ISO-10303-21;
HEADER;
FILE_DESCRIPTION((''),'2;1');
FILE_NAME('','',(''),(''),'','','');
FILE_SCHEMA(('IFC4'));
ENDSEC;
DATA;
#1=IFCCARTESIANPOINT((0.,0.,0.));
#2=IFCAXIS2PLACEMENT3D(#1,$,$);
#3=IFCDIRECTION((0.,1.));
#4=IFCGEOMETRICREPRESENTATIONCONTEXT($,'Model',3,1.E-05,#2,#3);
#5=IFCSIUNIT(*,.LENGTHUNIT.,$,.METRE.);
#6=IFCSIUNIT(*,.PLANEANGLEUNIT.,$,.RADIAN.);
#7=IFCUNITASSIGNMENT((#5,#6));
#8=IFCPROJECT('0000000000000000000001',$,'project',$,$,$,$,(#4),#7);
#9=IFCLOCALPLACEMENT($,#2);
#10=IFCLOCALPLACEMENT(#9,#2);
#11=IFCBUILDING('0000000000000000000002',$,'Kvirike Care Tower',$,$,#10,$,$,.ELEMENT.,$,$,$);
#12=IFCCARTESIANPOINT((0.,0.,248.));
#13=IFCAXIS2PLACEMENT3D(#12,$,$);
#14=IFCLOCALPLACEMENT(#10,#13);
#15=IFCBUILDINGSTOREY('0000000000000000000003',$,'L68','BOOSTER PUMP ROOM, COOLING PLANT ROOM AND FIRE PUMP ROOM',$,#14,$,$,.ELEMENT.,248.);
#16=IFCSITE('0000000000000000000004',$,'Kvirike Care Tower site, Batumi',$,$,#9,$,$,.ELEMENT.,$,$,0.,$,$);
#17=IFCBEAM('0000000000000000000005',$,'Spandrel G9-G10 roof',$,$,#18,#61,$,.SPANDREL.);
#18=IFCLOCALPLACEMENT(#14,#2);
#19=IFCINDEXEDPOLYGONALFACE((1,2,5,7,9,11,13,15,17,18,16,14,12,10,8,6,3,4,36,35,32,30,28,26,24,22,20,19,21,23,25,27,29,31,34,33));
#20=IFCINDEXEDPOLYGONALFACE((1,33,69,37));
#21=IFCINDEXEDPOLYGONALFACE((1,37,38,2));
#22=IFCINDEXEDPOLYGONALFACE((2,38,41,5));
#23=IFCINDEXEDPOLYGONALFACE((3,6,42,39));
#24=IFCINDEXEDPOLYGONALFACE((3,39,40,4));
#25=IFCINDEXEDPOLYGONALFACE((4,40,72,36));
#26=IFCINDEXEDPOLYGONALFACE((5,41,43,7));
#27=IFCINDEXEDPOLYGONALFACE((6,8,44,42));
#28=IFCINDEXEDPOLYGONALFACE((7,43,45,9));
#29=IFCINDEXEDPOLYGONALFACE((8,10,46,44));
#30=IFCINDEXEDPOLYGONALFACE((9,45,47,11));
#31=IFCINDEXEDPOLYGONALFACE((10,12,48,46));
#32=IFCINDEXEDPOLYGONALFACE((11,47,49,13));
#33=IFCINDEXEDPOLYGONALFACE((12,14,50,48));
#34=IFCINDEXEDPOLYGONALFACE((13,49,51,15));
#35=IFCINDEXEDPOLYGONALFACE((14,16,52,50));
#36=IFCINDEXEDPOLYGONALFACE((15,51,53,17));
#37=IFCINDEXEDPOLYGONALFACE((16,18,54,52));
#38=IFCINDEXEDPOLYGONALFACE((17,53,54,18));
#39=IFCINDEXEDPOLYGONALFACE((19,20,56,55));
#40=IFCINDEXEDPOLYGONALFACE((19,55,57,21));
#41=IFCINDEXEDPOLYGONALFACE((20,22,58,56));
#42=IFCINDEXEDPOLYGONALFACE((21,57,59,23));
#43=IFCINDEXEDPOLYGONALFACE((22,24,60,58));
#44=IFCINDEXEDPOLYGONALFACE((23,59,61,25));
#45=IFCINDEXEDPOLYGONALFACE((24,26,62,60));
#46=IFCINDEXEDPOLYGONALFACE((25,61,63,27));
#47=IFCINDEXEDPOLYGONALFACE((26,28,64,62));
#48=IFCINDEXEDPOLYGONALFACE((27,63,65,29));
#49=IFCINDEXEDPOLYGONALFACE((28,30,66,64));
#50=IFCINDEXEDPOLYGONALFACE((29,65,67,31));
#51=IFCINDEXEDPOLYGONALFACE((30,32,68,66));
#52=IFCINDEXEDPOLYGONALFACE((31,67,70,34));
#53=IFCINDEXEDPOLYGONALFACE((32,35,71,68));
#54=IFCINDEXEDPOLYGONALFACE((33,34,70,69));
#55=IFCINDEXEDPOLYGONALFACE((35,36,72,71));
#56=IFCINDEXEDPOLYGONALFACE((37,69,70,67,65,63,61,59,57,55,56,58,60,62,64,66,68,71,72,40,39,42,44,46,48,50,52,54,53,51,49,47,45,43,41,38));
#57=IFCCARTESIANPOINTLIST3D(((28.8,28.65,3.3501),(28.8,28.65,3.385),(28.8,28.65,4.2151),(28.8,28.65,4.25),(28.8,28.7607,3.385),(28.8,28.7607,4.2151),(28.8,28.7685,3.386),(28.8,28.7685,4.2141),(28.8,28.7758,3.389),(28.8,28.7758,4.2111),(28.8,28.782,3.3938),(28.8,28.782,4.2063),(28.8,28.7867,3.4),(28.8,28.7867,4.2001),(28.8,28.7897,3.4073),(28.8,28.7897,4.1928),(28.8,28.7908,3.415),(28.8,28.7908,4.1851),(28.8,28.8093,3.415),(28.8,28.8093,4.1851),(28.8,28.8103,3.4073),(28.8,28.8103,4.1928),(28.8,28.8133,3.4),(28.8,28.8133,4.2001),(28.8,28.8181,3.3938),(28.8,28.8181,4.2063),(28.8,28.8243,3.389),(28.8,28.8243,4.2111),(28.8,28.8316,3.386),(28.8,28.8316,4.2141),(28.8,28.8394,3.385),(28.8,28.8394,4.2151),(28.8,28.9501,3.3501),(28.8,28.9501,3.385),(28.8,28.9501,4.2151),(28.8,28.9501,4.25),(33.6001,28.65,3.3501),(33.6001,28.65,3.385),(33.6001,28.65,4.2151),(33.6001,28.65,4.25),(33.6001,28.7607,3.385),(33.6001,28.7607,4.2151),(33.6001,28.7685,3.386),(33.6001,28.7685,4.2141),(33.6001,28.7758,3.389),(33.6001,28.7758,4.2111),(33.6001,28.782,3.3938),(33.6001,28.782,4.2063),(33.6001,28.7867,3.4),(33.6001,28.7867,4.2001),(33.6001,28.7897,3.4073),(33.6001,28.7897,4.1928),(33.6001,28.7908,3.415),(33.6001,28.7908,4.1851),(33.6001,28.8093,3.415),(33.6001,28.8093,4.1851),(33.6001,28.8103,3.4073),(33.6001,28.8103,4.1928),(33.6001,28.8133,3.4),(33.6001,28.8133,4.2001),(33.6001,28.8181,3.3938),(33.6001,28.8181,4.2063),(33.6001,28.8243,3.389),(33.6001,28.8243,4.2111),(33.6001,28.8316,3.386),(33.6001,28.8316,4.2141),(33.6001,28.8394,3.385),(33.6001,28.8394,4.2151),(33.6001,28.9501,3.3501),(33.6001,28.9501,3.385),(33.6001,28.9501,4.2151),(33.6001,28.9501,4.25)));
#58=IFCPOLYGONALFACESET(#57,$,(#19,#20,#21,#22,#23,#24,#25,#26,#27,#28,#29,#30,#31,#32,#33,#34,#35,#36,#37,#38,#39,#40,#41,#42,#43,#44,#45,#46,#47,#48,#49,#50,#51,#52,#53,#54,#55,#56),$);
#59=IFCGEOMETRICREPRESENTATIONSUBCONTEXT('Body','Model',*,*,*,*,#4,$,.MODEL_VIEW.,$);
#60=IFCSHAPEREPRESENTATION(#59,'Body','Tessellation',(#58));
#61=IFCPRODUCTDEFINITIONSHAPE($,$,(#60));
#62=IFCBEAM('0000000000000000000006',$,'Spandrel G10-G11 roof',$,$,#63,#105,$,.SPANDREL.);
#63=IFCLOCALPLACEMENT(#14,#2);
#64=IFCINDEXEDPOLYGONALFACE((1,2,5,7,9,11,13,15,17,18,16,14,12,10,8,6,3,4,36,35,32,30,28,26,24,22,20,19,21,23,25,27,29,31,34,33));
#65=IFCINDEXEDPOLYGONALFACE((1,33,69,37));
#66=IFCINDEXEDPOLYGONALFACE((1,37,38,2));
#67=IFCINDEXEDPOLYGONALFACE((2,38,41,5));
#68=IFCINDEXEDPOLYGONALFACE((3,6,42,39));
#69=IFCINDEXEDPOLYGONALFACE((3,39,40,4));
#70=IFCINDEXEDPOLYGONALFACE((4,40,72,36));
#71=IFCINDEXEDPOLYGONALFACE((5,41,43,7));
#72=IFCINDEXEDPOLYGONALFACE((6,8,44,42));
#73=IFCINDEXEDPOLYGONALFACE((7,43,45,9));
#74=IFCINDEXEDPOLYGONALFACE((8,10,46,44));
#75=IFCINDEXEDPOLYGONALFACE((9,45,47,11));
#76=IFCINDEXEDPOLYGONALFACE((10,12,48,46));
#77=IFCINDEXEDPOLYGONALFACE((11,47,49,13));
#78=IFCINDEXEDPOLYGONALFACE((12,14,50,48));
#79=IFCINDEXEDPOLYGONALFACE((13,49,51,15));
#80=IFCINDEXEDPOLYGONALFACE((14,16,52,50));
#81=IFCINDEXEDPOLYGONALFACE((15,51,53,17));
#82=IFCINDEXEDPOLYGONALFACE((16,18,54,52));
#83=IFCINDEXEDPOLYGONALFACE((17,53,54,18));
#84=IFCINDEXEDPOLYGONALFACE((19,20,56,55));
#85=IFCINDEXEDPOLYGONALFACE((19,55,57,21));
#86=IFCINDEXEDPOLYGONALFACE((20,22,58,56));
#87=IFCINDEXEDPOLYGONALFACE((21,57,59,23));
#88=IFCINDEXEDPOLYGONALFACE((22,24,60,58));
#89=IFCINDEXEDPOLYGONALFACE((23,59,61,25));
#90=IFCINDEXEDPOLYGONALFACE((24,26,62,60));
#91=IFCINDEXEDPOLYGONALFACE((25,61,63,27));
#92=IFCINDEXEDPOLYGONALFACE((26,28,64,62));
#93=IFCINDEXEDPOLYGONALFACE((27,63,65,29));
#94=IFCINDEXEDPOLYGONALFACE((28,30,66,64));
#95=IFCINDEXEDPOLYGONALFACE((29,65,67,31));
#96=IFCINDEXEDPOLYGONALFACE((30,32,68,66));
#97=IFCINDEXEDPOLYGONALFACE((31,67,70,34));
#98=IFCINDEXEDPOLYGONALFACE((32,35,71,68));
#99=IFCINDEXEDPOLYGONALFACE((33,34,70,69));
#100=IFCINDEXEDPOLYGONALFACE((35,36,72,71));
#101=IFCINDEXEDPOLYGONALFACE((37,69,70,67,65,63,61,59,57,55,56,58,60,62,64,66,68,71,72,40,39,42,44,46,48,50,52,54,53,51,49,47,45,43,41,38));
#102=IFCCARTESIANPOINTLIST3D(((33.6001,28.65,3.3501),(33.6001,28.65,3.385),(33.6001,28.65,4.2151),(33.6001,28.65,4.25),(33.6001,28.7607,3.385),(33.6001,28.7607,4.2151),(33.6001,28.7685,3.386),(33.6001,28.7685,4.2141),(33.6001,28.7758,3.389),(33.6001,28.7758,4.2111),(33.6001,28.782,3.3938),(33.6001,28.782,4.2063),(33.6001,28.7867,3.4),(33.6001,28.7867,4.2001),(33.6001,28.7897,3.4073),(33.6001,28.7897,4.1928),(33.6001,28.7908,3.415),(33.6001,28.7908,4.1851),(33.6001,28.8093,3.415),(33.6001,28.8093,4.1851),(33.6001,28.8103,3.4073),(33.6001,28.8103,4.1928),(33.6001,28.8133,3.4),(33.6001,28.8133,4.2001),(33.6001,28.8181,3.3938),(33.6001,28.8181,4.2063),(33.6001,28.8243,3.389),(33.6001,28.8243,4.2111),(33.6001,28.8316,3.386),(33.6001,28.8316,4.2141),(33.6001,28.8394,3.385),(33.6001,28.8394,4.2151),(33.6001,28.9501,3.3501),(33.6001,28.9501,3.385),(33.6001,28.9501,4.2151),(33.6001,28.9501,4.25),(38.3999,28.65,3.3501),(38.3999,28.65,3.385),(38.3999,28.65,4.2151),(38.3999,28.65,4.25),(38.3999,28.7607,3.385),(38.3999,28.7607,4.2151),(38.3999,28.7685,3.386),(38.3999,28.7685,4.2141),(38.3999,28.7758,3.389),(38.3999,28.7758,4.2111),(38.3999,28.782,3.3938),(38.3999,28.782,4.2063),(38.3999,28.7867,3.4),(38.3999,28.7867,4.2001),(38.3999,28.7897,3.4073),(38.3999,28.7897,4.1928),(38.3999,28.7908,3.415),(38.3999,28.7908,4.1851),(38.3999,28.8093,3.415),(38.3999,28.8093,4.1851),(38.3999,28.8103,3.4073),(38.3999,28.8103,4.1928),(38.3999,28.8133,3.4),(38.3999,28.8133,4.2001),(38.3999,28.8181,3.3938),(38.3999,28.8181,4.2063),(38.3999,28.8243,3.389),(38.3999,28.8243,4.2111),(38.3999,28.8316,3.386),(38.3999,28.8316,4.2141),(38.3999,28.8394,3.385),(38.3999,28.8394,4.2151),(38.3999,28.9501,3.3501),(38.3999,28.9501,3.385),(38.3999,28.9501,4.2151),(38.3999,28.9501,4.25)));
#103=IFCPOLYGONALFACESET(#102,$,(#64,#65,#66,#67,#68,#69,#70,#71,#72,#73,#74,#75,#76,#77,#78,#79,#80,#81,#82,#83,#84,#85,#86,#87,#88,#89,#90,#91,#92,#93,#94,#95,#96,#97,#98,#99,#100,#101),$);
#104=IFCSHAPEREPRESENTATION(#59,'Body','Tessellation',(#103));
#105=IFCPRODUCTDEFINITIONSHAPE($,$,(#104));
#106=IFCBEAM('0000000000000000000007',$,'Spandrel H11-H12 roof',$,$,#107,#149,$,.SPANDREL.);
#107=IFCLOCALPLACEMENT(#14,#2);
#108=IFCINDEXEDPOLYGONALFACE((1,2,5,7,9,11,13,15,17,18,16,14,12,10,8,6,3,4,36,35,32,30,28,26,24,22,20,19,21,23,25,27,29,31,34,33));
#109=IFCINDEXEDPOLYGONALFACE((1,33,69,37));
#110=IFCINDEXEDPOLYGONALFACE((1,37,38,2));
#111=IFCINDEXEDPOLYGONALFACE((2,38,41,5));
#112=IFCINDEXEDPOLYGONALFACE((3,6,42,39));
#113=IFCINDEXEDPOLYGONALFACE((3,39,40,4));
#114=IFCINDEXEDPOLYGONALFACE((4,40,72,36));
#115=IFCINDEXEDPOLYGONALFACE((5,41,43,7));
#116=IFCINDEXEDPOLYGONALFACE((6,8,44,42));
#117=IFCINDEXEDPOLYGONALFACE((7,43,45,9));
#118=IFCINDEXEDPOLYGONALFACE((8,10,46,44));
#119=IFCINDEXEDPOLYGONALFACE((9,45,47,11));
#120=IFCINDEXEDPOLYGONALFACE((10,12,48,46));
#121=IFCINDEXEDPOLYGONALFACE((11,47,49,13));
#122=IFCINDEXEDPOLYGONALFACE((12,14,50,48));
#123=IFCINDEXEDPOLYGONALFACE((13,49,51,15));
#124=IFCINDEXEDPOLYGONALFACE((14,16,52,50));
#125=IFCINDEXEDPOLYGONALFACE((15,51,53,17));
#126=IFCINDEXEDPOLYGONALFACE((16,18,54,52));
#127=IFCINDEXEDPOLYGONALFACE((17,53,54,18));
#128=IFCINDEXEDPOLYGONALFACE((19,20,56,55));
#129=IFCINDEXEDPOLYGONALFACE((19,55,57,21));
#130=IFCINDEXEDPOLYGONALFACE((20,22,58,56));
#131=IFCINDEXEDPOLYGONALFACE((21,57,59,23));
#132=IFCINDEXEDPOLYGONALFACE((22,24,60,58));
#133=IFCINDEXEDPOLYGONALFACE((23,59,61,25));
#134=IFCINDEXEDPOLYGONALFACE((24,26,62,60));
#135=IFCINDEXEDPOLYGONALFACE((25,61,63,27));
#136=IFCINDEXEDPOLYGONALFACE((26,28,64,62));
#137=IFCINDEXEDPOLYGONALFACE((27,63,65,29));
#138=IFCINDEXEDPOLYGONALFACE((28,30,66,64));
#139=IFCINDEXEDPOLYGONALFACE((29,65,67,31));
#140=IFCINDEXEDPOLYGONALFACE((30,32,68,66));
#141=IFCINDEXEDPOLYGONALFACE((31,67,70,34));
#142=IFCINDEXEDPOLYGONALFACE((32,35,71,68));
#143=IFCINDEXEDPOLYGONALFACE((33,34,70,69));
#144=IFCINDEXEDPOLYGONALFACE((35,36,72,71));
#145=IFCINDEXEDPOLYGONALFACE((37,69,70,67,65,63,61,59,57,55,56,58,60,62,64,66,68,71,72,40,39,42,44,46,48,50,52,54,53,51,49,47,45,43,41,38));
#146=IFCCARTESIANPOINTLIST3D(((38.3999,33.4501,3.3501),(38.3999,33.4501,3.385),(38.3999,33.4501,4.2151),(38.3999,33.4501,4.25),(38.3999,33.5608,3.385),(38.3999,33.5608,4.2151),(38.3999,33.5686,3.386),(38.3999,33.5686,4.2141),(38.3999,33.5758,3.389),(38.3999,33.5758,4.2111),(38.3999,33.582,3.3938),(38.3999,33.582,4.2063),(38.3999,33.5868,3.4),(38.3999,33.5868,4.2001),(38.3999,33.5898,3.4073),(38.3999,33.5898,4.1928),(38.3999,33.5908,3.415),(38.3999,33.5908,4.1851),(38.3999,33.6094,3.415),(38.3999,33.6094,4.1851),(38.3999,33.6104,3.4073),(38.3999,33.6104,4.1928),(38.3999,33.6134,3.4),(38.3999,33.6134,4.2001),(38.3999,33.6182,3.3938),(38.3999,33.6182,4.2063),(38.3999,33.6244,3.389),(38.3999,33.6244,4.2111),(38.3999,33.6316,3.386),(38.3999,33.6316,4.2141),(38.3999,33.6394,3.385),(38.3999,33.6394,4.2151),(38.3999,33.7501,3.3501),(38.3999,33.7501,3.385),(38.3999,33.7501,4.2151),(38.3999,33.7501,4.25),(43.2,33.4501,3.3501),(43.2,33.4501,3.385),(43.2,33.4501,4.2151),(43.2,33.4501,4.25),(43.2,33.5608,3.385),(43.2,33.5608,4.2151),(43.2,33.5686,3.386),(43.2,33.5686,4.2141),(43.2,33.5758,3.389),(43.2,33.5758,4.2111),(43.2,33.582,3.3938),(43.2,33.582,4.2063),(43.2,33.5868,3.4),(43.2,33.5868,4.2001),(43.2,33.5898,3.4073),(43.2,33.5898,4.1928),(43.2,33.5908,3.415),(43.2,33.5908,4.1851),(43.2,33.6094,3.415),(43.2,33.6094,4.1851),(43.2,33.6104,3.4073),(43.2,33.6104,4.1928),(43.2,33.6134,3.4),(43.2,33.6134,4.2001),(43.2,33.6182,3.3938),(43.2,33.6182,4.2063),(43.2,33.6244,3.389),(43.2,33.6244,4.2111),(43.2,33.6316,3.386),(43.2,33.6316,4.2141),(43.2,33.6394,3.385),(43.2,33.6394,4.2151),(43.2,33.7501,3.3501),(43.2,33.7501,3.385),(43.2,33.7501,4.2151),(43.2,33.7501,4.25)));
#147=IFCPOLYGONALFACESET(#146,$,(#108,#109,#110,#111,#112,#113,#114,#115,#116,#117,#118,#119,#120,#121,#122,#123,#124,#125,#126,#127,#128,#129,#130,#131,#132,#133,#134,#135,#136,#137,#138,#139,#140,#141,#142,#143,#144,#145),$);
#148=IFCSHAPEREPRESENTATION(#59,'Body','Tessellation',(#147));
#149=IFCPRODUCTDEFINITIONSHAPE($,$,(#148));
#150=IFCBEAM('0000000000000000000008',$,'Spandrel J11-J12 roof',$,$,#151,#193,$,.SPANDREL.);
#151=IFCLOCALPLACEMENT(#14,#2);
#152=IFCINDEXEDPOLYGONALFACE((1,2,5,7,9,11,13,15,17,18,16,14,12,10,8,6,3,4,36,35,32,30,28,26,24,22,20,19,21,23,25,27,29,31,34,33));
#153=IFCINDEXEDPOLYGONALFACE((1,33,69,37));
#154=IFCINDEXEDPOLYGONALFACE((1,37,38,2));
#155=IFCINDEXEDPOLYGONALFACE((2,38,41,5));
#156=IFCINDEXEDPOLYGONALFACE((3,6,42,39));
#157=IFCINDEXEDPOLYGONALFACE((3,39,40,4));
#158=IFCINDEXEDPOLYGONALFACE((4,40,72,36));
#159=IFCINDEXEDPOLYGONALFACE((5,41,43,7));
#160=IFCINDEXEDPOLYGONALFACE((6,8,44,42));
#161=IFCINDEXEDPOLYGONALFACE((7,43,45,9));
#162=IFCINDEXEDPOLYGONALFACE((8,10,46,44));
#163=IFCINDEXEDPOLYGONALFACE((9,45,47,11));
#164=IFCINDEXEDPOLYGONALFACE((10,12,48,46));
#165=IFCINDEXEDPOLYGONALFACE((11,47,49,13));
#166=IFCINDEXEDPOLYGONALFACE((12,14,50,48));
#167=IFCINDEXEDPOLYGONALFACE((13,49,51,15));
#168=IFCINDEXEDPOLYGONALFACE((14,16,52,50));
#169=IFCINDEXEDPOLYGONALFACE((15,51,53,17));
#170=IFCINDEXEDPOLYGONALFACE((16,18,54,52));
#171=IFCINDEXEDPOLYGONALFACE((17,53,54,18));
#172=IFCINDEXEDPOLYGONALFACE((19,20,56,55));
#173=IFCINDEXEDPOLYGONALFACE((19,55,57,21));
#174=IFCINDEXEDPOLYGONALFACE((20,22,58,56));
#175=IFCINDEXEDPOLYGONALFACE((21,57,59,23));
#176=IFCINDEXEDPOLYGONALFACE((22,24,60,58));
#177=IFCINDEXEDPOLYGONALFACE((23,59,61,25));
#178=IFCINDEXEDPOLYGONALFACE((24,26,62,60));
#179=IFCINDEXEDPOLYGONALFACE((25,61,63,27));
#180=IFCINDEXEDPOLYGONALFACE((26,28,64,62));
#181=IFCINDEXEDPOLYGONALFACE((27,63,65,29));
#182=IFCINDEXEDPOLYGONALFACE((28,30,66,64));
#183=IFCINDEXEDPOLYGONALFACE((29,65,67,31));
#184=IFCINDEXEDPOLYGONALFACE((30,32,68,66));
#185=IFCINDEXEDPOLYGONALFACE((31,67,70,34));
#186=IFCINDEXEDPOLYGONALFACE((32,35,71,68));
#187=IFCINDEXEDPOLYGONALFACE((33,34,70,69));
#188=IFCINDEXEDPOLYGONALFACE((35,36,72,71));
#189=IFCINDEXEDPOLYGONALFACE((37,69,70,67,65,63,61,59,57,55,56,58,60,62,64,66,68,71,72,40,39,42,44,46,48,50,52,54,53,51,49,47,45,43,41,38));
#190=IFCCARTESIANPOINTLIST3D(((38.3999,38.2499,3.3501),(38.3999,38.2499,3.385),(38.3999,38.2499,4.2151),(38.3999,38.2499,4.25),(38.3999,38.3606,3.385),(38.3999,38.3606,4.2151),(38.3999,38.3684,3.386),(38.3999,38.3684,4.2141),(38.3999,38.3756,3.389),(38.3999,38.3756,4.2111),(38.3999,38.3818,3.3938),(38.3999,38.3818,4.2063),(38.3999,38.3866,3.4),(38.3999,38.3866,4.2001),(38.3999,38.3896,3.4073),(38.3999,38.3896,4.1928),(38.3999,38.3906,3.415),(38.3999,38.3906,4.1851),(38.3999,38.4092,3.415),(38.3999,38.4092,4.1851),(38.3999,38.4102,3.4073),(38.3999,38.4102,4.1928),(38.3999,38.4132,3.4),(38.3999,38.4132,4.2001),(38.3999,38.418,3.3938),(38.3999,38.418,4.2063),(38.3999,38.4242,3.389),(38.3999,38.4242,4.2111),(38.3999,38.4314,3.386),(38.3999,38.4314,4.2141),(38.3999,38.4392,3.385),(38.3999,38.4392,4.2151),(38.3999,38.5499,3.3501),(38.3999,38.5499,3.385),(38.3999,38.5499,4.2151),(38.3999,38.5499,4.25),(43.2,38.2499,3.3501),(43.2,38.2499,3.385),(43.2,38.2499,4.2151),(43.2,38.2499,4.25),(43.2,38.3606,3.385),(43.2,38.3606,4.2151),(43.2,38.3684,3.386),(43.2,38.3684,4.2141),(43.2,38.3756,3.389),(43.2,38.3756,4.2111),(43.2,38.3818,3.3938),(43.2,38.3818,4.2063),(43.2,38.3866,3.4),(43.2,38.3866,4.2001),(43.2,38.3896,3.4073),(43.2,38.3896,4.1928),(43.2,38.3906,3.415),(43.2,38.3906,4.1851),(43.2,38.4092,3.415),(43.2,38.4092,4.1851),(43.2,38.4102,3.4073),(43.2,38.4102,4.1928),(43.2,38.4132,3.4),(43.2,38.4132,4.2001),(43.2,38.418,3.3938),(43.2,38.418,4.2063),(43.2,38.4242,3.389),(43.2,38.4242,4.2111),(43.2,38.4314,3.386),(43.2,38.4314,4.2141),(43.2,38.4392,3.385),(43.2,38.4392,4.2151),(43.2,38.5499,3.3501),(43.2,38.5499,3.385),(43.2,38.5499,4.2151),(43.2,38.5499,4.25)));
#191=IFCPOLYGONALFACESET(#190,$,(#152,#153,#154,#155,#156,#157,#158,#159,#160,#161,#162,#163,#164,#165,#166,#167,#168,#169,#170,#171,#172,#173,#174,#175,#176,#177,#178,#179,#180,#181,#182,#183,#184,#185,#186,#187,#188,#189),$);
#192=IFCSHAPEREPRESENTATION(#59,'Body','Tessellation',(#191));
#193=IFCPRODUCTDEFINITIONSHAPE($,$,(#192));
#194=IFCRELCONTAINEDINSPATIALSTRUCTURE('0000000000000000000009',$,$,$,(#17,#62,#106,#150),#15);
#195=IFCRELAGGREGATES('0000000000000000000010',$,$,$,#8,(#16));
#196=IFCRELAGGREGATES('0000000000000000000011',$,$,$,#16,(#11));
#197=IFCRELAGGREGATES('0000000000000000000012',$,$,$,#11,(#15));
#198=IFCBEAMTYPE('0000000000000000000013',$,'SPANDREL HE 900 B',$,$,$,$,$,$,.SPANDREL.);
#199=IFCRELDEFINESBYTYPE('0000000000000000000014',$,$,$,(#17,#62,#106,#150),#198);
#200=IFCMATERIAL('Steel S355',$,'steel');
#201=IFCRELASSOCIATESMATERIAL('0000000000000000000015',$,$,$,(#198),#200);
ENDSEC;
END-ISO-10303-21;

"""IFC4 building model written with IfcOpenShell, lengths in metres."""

from ifc_helpers import new_model, si_unit, direction, frame, origin, origin_2d, place, context, subcontext, project, spatial, i_section, extrude, material, material_profile, profile_set, type_object, element, save


model = new_model("IFC4")

# Units and contexts
model_context = context("Model", 3, precision=1e-05, world=origin(), true_north=direction((0.0, 1.0)))
body_context = subcontext(model_context, "Body", "Model", "MODEL_VIEW")
ifc_project = project(units=[si_unit("LENGTHUNIT", "METRE"), si_unit("PLANEANGLEUNIT", "RADIAN")], contexts=[model_context])

# Site, building, storey
site_placement = place(None, origin())
site = spatial("IfcSite", under=ifc_project, at=site_placement, Name="Kvirike Care Tower site, Batumi", CompositionType="ELEMENT", RefElevation=0.0)
building_placement = place(site_placement, origin())
building = spatial("IfcBuilding", under=site, at=building_placement, Name="Kvirike Care Tower", CompositionType="ELEMENT")
storey_placement = place(building_placement, frame((0.0, 0.0, 248.0)))
storey = spatial("IfcBuildingStorey", under=building, at=storey_placement, Name="L68", Description="BOOSTER PUMP ROOM, COOLING PLANT ROOM AND FIRE PUMP ROOM", CompositionType="ELEMENT", Elevation=248.0)

# Beams
ifc_material_1 = material(Name="Steel S355", Category="steel")
ifc_material_profile_1 = material_profile(ifc_material_1, i_section(OverallWidth=0.3, OverallDepth=0.8999, WebThickness=0.0186, FlangeThickness=0.0349, FilletRadius=0.03, at=origin_2d()), Name="HE 900 B")
ifc_profile_set_1 = profile_set([ifc_material_profile_1], Name="Steel S355")
beam_type_1 = type_object("IfcBeamType", Name="SPANDREL HE 900 B", PredefinedType="SPANDREL", material=ifc_profile_set_1)
beam_1_placement = place(storey_placement, frame((28.8, 28.8, 3.8), z_axis=(1.0, 0.0, 0.0), x_axis=(0.0, 1.0, 0.0)))
element("IfcBeam", 1, at=beam_1_placement, inside=storey, type_object=beam_type_1, Name="Spandrel G9-G10 roof", PredefinedType="SPANDREL", context=body_context, shape_type="SweptSolid", body=[
    extrude(i_section(OverallWidth=0.3, OverallDepth=0.8999, WebThickness=0.0186, FlangeThickness=0.0349, FilletRadius=0.03, at=origin_2d()), origin(), (0.0, 0.0, 1.0), 4.8),
])
beam_2_placement = place(storey_placement, frame((33.6001, 28.8, 3.8), z_axis=(1.0, 0.0, 0.0), x_axis=(0.0, 1.0, 0.0)))
element("IfcBeam", 2, at=beam_2_placement, inside=storey, type_object=beam_type_1, Name="Spandrel G10-G11 roof", PredefinedType="SPANDREL", context=body_context, shape_type="SweptSolid", body=[
    extrude(i_section(OverallWidth=0.3, OverallDepth=0.8999, WebThickness=0.0186, FlangeThickness=0.0349, FilletRadius=0.03, at=origin_2d()), origin(), (0.0, 0.0, 1.0), 4.7998),
])
for number, where, z_axis, x_axis, name in (
    (3, (38.3999, 33.6001, 3.8), (1.0, 0.0, 0.0), (0.0, 1.0, 0.0), "Spandrel H11-H12 roof"),
    (4, (38.3999, 38.3999, 3.8), (1.0, 0.0, 0.0), (0.0, 1.0, 0.0), "Spandrel J11-J12 roof"),
):
    element("IfcBeam", number, at=place(storey_placement, frame(where, z_axis=z_axis, x_axis=x_axis)), inside=storey, type_object=beam_type_1, Name=name, PredefinedType="SPANDREL", context=body_context, shape_type="SweptSolid", body=[
        extrude(i_section(OverallWidth=0.3, OverallDepth=0.8999, WebThickness=0.0186, FlangeThickness=0.0349, FilletRadius=0.03, at=origin_2d()), origin(), (0.0, 0.0, 1.0), 4.8),
    ])

save(model, "model.ifc")
